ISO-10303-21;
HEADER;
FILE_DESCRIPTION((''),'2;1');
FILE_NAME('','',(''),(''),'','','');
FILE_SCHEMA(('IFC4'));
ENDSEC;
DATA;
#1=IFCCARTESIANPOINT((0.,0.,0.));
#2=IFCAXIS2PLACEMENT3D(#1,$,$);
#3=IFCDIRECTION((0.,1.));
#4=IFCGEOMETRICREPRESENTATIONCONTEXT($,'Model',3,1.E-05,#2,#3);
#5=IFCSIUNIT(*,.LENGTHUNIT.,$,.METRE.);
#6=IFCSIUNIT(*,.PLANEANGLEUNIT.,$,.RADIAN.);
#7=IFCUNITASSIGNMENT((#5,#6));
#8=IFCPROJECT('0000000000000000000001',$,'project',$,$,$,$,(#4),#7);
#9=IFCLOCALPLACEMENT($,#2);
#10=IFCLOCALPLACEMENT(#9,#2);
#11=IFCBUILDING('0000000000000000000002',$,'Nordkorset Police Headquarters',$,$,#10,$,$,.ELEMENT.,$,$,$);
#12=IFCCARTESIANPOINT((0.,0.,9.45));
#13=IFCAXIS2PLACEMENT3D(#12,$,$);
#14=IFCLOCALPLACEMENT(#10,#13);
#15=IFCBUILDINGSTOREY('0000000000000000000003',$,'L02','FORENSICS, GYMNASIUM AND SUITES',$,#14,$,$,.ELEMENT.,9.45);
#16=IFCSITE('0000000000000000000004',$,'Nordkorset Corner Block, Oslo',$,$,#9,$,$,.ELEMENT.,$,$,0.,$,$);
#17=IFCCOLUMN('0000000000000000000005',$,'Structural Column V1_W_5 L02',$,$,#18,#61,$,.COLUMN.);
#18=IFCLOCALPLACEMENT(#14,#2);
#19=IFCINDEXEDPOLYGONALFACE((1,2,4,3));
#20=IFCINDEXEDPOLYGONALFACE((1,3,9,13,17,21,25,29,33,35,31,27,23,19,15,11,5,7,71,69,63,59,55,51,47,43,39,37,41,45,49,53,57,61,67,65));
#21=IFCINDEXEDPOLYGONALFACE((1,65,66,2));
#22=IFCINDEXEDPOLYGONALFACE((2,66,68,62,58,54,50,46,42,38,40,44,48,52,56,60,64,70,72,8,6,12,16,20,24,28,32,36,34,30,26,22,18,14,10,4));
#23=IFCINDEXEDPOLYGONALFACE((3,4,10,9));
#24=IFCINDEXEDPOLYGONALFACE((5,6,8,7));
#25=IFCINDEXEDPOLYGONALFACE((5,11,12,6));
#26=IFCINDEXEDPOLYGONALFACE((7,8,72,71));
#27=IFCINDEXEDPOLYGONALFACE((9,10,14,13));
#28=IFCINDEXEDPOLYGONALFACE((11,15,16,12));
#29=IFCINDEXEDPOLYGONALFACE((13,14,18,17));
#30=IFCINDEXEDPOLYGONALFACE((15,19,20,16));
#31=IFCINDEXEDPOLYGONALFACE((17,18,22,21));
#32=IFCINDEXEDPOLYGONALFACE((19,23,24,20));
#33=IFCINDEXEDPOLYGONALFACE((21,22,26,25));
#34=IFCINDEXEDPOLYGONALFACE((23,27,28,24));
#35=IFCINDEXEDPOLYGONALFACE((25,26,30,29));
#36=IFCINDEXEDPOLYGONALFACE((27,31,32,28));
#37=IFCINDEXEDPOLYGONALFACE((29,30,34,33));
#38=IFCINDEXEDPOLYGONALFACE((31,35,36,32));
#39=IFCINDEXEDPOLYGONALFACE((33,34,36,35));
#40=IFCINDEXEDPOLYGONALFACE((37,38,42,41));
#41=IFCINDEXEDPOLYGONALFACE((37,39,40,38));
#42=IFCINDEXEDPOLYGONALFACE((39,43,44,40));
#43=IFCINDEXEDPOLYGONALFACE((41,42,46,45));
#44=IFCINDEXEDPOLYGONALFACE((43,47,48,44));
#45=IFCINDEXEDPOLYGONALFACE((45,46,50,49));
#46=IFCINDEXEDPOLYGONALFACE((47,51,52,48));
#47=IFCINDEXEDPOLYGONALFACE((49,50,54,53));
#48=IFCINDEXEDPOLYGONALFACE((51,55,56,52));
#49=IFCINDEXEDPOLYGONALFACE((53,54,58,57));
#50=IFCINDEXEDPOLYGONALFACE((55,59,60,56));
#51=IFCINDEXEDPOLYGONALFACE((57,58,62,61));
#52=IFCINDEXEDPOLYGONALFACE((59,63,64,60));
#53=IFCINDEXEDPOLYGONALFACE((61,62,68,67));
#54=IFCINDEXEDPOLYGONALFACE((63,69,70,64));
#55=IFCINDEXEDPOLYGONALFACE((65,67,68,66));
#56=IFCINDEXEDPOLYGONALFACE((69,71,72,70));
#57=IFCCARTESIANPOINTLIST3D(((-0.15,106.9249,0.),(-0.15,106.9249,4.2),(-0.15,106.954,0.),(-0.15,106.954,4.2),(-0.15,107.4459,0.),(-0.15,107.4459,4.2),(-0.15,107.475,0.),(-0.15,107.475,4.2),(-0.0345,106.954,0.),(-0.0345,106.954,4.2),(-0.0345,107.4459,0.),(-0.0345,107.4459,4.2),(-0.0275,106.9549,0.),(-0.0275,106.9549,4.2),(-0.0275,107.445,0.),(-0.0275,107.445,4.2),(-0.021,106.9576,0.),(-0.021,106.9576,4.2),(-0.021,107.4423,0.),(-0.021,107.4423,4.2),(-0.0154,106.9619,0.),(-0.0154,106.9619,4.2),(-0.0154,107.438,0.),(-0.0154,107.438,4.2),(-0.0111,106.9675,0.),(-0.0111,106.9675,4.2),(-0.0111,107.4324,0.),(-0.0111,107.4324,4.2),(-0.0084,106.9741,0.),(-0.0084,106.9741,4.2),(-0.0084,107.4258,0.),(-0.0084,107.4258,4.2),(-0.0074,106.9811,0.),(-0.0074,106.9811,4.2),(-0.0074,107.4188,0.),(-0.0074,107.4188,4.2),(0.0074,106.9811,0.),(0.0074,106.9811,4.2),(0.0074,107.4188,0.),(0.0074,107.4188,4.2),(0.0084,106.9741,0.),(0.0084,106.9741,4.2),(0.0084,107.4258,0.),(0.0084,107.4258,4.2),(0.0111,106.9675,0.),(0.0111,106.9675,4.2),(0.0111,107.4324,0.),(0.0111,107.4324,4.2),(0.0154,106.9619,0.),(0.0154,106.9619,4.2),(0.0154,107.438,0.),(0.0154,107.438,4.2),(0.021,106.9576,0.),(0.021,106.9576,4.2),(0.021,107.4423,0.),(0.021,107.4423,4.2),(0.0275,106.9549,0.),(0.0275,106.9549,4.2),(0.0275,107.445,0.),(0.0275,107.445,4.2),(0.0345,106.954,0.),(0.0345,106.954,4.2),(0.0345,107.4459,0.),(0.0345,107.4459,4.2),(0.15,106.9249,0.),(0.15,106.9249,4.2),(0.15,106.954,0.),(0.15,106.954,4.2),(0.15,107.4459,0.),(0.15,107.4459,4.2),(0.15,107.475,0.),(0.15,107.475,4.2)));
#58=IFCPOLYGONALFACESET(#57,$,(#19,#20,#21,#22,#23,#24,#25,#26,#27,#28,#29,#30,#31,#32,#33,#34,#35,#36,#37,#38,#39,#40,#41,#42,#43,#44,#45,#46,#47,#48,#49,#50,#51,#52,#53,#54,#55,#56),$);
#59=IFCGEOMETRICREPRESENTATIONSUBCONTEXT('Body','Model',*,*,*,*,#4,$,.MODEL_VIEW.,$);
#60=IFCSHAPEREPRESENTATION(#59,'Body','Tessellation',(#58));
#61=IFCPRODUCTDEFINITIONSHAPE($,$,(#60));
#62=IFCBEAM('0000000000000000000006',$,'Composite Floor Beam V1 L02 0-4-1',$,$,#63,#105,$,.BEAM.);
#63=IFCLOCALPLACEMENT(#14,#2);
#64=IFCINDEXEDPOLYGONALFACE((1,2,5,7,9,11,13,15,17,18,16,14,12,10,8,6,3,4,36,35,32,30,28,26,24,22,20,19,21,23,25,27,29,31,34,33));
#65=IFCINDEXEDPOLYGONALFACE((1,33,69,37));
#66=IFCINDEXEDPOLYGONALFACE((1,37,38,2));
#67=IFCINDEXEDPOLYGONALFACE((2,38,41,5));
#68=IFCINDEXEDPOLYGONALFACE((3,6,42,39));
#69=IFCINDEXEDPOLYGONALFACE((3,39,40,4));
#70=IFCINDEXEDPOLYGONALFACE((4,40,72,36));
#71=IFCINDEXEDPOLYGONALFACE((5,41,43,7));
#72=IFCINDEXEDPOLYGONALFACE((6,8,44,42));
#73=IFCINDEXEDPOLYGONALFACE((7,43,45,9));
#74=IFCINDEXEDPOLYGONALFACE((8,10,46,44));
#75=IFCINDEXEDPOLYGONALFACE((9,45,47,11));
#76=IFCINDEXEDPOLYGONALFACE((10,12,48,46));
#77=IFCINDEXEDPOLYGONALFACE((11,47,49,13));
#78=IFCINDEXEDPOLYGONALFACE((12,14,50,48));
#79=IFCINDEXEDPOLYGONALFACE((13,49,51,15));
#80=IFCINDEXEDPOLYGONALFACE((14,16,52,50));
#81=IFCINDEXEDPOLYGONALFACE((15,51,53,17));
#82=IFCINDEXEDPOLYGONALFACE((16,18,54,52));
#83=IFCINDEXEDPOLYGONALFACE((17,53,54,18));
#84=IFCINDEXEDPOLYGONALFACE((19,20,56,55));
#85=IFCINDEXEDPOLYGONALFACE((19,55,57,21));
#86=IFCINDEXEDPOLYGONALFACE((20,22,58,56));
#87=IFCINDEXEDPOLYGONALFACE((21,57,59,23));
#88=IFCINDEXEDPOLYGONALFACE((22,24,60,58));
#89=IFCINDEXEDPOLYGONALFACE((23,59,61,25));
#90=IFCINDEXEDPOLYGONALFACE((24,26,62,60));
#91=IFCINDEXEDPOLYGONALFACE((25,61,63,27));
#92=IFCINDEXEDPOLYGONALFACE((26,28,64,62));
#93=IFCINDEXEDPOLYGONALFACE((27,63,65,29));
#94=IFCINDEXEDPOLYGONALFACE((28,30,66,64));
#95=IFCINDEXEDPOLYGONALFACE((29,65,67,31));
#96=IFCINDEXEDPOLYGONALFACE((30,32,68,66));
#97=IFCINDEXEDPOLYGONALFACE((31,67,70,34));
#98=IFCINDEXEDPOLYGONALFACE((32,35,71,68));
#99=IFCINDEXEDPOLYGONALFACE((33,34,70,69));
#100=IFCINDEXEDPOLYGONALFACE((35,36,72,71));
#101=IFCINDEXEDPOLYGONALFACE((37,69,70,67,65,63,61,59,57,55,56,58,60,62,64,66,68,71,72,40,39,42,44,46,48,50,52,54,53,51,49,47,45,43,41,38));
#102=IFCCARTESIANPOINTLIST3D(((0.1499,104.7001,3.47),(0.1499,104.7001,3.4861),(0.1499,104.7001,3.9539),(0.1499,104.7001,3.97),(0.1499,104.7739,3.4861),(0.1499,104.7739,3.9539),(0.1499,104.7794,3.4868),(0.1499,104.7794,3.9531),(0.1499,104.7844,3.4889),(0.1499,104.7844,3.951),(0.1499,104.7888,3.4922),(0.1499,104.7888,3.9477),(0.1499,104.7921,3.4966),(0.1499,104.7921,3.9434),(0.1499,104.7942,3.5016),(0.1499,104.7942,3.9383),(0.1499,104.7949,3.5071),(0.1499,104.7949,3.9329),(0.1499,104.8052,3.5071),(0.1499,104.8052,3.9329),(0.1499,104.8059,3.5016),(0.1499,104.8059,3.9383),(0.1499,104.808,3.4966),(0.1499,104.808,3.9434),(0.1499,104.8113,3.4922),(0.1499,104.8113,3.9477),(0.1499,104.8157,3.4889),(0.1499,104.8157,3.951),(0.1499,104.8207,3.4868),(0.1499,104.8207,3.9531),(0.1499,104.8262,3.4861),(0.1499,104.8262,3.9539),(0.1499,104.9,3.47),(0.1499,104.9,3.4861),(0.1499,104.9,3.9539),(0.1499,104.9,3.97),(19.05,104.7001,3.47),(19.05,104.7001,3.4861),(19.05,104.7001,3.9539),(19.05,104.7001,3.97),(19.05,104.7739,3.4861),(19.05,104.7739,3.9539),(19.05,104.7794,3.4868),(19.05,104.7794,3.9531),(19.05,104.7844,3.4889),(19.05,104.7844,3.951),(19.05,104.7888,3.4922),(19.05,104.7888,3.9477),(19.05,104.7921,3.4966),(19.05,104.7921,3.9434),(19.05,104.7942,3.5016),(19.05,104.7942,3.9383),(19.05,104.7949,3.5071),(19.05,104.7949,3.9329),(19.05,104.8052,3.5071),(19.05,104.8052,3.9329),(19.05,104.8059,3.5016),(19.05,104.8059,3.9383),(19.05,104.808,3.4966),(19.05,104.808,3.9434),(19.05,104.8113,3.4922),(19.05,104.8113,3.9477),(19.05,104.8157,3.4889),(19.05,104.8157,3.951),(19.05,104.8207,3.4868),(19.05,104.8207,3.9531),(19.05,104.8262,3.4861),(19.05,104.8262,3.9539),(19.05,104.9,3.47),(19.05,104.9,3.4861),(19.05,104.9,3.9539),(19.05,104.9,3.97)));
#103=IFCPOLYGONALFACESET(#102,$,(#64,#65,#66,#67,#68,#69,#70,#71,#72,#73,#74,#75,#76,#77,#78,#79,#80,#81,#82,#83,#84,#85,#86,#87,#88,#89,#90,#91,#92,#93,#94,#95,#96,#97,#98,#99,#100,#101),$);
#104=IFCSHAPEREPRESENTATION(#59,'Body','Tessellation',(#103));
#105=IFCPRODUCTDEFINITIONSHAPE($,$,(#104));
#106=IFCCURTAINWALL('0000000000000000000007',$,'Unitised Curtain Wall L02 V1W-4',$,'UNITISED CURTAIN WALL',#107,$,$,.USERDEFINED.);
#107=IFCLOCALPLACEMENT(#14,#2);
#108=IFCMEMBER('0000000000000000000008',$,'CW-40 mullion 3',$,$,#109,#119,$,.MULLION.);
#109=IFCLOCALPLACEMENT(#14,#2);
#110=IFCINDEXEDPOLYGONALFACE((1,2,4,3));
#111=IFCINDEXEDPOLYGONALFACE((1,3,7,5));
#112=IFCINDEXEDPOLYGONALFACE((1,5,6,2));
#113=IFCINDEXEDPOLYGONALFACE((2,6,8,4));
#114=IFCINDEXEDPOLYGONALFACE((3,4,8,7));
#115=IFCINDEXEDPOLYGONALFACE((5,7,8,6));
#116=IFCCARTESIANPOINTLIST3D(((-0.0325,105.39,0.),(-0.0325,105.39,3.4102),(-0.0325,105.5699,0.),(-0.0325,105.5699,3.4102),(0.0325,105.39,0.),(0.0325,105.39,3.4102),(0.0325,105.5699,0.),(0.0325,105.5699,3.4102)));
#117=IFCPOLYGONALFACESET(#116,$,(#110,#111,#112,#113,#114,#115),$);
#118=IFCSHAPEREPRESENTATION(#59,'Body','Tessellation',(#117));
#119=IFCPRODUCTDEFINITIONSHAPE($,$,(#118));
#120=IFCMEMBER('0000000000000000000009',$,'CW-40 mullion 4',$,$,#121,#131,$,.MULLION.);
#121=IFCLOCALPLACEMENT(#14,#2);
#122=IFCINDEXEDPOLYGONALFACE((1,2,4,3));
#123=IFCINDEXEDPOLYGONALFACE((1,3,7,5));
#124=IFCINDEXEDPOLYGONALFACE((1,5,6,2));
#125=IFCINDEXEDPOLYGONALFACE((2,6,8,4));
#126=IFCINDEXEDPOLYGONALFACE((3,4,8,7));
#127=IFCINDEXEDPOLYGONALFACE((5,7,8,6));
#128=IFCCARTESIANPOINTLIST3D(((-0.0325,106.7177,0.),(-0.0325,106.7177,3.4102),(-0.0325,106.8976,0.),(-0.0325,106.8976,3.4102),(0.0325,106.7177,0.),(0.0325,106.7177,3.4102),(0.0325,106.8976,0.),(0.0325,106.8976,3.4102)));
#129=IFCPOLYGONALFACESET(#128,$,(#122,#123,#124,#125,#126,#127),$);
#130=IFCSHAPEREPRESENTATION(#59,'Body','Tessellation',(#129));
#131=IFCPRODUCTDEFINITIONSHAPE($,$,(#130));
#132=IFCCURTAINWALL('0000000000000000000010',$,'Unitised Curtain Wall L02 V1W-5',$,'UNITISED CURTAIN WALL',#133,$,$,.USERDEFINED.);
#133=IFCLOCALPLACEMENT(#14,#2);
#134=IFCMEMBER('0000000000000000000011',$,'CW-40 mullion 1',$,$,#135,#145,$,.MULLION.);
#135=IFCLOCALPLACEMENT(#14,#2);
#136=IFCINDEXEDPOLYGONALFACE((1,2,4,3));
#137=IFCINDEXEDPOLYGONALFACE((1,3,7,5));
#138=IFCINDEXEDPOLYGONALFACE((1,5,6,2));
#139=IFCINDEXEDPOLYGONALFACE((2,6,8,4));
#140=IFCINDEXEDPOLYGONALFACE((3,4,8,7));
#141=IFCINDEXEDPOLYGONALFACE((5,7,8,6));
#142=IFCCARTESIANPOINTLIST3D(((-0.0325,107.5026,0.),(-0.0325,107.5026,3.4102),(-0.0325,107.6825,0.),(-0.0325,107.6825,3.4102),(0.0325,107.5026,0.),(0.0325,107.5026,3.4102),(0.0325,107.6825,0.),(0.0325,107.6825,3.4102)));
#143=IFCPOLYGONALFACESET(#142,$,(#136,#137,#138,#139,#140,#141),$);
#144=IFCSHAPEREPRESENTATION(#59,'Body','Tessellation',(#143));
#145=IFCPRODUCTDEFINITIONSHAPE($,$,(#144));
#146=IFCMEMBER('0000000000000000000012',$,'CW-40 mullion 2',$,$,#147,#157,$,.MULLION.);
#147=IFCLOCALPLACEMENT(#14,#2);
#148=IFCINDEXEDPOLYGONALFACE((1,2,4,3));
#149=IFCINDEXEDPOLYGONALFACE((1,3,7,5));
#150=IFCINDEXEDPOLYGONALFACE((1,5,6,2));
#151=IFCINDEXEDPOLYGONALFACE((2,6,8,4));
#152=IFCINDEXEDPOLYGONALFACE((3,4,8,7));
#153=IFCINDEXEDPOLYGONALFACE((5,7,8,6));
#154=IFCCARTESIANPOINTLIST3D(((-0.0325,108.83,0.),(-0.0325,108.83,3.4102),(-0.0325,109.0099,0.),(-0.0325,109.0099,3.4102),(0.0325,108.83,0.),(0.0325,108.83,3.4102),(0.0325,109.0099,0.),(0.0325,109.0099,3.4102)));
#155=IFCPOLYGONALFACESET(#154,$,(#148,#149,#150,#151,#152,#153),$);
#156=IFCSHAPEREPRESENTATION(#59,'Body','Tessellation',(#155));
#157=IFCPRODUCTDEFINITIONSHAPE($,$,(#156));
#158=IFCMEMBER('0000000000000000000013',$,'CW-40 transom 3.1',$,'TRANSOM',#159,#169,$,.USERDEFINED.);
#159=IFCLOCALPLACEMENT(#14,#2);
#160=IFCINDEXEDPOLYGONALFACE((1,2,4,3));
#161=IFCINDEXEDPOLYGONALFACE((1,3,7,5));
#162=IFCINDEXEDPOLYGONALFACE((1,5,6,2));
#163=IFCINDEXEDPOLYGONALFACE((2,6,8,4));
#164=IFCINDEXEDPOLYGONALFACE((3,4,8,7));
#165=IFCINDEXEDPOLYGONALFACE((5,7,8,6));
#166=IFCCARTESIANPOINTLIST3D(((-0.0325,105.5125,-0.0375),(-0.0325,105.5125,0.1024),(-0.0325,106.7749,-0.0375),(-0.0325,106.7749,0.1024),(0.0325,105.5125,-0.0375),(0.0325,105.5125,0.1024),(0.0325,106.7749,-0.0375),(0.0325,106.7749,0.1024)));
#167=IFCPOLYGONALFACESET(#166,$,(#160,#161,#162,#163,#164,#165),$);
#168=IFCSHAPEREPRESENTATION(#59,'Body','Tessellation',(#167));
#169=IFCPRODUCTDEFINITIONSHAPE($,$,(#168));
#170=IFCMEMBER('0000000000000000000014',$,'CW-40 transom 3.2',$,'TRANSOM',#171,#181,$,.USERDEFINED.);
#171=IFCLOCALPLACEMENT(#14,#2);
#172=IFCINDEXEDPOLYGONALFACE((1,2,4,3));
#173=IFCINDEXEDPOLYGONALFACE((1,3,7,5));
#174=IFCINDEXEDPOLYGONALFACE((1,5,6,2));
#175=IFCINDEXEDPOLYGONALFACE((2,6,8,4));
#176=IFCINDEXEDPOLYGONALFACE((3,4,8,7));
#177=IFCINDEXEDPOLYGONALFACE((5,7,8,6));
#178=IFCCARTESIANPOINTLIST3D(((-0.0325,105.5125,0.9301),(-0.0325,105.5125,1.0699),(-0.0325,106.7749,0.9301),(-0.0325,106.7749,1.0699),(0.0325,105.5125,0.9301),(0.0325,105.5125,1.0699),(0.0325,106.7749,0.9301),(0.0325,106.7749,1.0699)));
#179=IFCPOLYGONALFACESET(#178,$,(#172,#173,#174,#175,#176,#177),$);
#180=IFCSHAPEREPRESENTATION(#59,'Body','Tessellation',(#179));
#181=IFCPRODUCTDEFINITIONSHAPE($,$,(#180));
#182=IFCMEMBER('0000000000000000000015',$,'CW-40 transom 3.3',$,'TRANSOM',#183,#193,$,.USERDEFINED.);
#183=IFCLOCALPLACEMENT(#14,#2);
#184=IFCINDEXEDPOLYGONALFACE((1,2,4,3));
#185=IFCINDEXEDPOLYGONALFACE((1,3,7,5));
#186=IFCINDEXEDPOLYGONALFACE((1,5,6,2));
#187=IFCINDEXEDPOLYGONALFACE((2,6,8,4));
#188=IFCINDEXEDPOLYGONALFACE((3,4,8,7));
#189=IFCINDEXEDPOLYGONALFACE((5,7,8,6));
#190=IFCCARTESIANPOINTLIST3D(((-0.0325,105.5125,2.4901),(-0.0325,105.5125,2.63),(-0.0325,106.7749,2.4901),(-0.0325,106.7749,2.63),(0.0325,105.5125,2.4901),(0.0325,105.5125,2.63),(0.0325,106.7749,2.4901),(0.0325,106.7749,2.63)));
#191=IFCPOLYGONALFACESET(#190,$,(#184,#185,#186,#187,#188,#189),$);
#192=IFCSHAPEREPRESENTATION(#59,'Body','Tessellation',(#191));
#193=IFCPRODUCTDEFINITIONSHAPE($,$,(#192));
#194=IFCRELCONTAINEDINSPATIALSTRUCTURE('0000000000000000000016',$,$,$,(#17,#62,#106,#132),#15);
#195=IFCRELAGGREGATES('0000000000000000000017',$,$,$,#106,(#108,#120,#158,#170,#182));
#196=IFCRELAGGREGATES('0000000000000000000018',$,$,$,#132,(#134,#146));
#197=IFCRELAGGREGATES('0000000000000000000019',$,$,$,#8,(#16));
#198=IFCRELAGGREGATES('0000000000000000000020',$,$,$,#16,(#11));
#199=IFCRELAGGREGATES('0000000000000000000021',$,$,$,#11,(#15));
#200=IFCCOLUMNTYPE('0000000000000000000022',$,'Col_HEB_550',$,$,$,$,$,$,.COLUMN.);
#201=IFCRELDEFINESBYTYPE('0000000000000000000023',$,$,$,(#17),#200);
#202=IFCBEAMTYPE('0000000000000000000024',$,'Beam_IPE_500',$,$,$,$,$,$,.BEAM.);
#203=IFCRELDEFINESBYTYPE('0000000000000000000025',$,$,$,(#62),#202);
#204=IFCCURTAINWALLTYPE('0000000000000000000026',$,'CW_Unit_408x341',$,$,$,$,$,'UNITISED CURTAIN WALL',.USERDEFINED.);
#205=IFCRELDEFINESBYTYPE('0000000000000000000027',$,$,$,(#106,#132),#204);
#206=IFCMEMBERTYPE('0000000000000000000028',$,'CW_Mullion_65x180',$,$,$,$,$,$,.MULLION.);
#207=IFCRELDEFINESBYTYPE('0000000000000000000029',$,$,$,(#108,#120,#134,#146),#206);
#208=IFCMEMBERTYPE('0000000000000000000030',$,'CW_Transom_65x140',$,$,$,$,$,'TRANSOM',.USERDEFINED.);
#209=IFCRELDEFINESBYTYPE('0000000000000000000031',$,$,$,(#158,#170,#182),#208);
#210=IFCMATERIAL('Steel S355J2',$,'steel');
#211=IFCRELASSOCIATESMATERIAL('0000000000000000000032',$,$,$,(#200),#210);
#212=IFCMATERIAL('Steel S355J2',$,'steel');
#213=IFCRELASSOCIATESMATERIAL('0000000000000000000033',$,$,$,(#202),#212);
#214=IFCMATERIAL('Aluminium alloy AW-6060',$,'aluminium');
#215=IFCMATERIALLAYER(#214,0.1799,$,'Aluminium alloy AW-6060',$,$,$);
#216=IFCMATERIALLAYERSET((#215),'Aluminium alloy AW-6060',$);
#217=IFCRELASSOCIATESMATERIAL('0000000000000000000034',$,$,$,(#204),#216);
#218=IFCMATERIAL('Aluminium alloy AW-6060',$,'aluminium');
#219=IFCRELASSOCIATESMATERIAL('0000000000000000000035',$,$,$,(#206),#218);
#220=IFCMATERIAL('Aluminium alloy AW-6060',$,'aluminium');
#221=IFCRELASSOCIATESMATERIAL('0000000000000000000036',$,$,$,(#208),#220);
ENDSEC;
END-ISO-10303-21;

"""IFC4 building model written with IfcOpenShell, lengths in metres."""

from ifc_helpers import new_model, si_unit, direction, frame, origin, origin_2d, place, context, subcontext, project, spatial, rectangle, i_section, extrude, material, layer, layer_set, material_profile, profile_set, type_object, element, aggregate, save


model = new_model("IFC4")

# Units and contexts
model_context = context("Model", 3, precision=1e-05, world=origin(), true_north=direction((0.0, 1.0)))
body_context = subcontext(model_context, "Body", "Model", "MODEL_VIEW")
ifc_project = project(units=[si_unit("LENGTHUNIT", "METRE"), si_unit("PLANEANGLEUNIT", "RADIAN")], contexts=[model_context])

# Site, building, storey
site_placement = place(None, origin())
site = spatial("IfcSite", under=ifc_project, at=site_placement, Name="Nordkorset Corner Block, Oslo", CompositionType="ELEMENT", RefElevation=0.0)
building_placement = place(site_placement, origin())
building = spatial("IfcBuilding", under=site, at=building_placement, Name="Nordkorset Police Headquarters", CompositionType="ELEMENT")
storey_placement = place(building_placement, frame((0.0, 0.0, 9.45)))
storey = spatial("IfcBuildingStorey", under=building, at=storey_placement, Name="L02", Description="FORENSICS, GYMNASIUM AND SUITES", CompositionType="ELEMENT", Elevation=9.45)

# Column
ifc_material_1 = material(Name="Steel S355J2", Category="steel")
ifc_material_profile_1 = material_profile(ifc_material_1, i_section(OverallWidth=0.3, OverallDepth=0.55, WebThickness=0.0149, FlangeThickness=0.0291, FilletRadius=0.0271, at=origin_2d()), Name="HEB 550")
ifc_profile_set_1 = profile_set([ifc_material_profile_1], Name="Steel S355J2")
column_type = type_object("IfcColumnType", Name="Col_HEB_550", PredefinedType="COLUMN", material=ifc_profile_set_1)
column_placement = place(storey_placement, frame((0.0, 107.2, 0.0), z_axis=(0.0, 0.0, 1.0), x_axis=(1.0, 0.0, 0.0)))
element("IfcColumn", 1, at=column_placement, inside=storey, type_object=column_type, Name="Structural Column V1_W_5 L02", PredefinedType="COLUMN", context=body_context, shape_type="SweptSolid", body=[
    extrude(i_section(OverallWidth=0.3, OverallDepth=0.55, WebThickness=0.0149, FlangeThickness=0.0291, FilletRadius=0.0271, at=origin_2d()), origin(), (0.0, 0.0, 1.0), 4.2),
])

# Beam
ifc_material_2 = material(Name="Steel S355J2", Category="steel")
ifc_material_profile_2 = material_profile(ifc_material_2, i_section(OverallWidth=0.2, OverallDepth=0.5, WebThickness=0.0103, FlangeThickness=0.0161, FilletRadius=0.021, at=origin_2d()), Name="IPE 500")
ifc_profile_set_2 = profile_set([ifc_material_profile_2], Name="Steel S355J2")
beam_type_1 = type_object("IfcBeamType", Name="Beam_IPE_500", PredefinedType="BEAM", material=ifc_profile_set_2)
beam_1_placement = place(storey_placement, frame((0.1499, 104.8, 3.72), z_axis=(1.0, 0.0, 0.0), x_axis=(0.0, 1.0, 0.0)))
element("IfcBeam", 2, at=beam_1_placement, inside=storey, type_object=beam_type_1, Name="Composite Floor Beam V1 L02 0-4-1", PredefinedType="BEAM", context=body_context, shape_type="SweptSolid", body=[
    extrude(i_section(OverallWidth=0.2, OverallDepth=0.5, WebThickness=0.0103, FlangeThickness=0.0161, FilletRadius=0.021, at=origin_2d()), origin(), (0.0, 0.0, 1.0), 18.9001),
])

# Curtain walls, members
ifc_material_3 = material(Name="Aluminium alloy AW-6060", Category="aluminium")
ifc_layer_1 = layer(ifc_material_3, 0.1799, Name="Aluminium alloy AW-6060")
ifc_layer_set_1 = layer_set([ifc_layer_1], Name="Aluminium alloy AW-6060")
curtain_wall_type = type_object("IfcCurtainWallType", Name="CW_Unit_408x341", ElementType="UNITISED CURTAIN WALL", PredefinedType="USERDEFINED", material=ifc_layer_set_1)
curtain_wall_1_placement = place(storey_placement, origin())
curtain_wall_1 = element("IfcCurtainWall", 3, at=curtain_wall_1_placement, inside=storey, type_object=curtain_wall_type, Name="Unitised Curtain Wall L02 V1W-4", ObjectType="UNITISED CURTAIN WALL", PredefinedType="USERDEFINED")
ifc_material_4 = material(Name="Aluminium alloy AW-6060", Category="aluminium")
ifc_material_profile_3 = material_profile(ifc_material_4, rectangle(XDim=0.0649, YDim=0.1799, at=origin_2d()), Name="ALU MULL 65x180")
ifc_profile_set_3 = profile_set([ifc_material_profile_3], Name="Aluminium alloy AW-6060")
member_type_1 = type_object("IfcMemberType", Name="CW_Mullion_65x180", PredefinedType="MULLION", material=ifc_profile_set_3)
member_1_placement = place(storey_placement, frame((0.0, 105.48, 0.0), z_axis=(0.0, 0.0, 1.0), x_axis=(-1.0, 0.0, 0.0)))
member_1 = element("IfcMember", 4, at=member_1_placement, type_object=member_type_1, Name="CW-40 mullion 3", PredefinedType="MULLION", context=body_context, shape_type="SweptSolid", body=[
    extrude(rectangle(XDim=0.0649, YDim=0.1799, at=origin_2d()), origin(), (0.0, 0.0, 1.0), 3.4102),
])
member_2_placement = place(storey_placement, frame((0.0, 106.8076, 0.0), z_axis=(0.0, 0.0, 1.0), x_axis=(-1.0, 0.0, 0.0)))
member_2 = element("IfcMember", 5, at=member_2_placement, type_object=member_type_1, Name="CW-40 mullion 4", PredefinedType="MULLION", context=body_context, shape_type="SweptSolid", body=[
    extrude(rectangle(XDim=0.0649, YDim=0.1799, at=origin_2d()), origin(), (0.0, 0.0, 1.0), 3.4102),
])
curtain_wall_2_placement = place(storey_placement, origin())
curtain_wall_2 = element("IfcCurtainWall", 6, at=curtain_wall_2_placement, inside=storey, type_object=curtain_wall_type, Name="Unitised Curtain Wall L02 V1W-5", ObjectType="UNITISED CURTAIN WALL", PredefinedType="USERDEFINED")
member_3_placement = place(storey_placement, frame((0.0, 107.5925, 0.0), z_axis=(0.0, 0.0, 1.0), x_axis=(-1.0, 0.0, 0.0)))
member_3 = element("IfcMember", 7, at=member_3_placement, type_object=member_type_1, Name="CW-40 mullion 1", PredefinedType="MULLION", context=body_context, shape_type="SweptSolid", body=[
    extrude(rectangle(XDim=0.0649, YDim=0.1799, at=origin_2d()), origin(), (0.0, 0.0, 1.0), 3.4102),
])
member_4_placement = place(storey_placement, frame((0.0, 108.9199, 0.0), z_axis=(0.0, 0.0, 1.0), x_axis=(-1.0, 0.0, 0.0)))
member_4 = element("IfcMember", 8, at=member_4_placement, type_object=member_type_1, Name="CW-40 mullion 2", PredefinedType="MULLION", context=body_context, shape_type="SweptSolid", body=[
    extrude(rectangle(XDim=0.0649, YDim=0.1799, at=origin_2d()), origin(), (0.0, 0.0, 1.0), 3.4102),
])

# Members
ifc_material_5 = material(Name="Aluminium alloy AW-6060", Category="aluminium")
ifc_material_profile_4 = material_profile(ifc_material_5, rectangle(XDim=0.0649, YDim=0.1399, at=origin_2d()), Name="ALU TRAN 65x140")
ifc_profile_set_4 = profile_set([ifc_material_profile_4], Name="Aluminium alloy AW-6060")
member_type_2 = type_object("IfcMemberType", Name="CW_Transom_65x140", ElementType="TRANSOM", PredefinedType="USERDEFINED", material=ifc_profile_set_4)
member_5_placement = place(storey_placement, frame((0.0, 105.5125, 0.0325), z_axis=(0.0, 1.0, 0.0), x_axis=(-1.0, 0.0, 0.0)))
member_5 = element("IfcMember", 9, at=member_5_placement, type_object=member_type_2, Name="CW-40 transom 3.1", ObjectType="TRANSOM", PredefinedType="USERDEFINED", context=body_context, shape_type="SweptSolid", body=[
    extrude(rectangle(XDim=0.0649, YDim=0.1399, at=origin_2d()), origin(), (0.0, 0.0, 1.0), 1.2625),
])
member_6_placement = place(storey_placement, frame((0.0, 105.5125, 1.0), z_axis=(0.0, 1.0, 0.0), x_axis=(-1.0, 0.0, 0.0)))
member_6 = element("IfcMember", 10, at=member_6_placement, type_object=member_type_2, Name="CW-40 transom 3.2", ObjectType="TRANSOM", PredefinedType="USERDEFINED", context=body_context, shape_type="SweptSolid", body=[
    extrude(rectangle(XDim=0.0649, YDim=0.1399, at=origin_2d()), origin(), (0.0, 0.0, 1.0), 1.2625),
])
member_7_placement = place(storey_placement, frame((0.0, 105.5125, 2.5601), z_axis=(0.0, 1.0, 0.0), x_axis=(-1.0, 0.0, 0.0)))
member_7 = element("IfcMember", 11, at=member_7_placement, type_object=member_type_2, Name="CW-40 transom 3.3", ObjectType="TRANSOM", PredefinedType="USERDEFINED", context=body_context, shape_type="SweptSolid", body=[
    extrude(rectangle(XDim=0.0649, YDim=0.1399, at=origin_2d()), origin(), (0.0, 0.0, 1.0), 1.2625),
])

aggregate(curtain_wall_1, [member_1, member_2, member_5, member_6, member_7])
aggregate(curtain_wall_2, [member_3, member_4])

save(model, "model.ifc")
